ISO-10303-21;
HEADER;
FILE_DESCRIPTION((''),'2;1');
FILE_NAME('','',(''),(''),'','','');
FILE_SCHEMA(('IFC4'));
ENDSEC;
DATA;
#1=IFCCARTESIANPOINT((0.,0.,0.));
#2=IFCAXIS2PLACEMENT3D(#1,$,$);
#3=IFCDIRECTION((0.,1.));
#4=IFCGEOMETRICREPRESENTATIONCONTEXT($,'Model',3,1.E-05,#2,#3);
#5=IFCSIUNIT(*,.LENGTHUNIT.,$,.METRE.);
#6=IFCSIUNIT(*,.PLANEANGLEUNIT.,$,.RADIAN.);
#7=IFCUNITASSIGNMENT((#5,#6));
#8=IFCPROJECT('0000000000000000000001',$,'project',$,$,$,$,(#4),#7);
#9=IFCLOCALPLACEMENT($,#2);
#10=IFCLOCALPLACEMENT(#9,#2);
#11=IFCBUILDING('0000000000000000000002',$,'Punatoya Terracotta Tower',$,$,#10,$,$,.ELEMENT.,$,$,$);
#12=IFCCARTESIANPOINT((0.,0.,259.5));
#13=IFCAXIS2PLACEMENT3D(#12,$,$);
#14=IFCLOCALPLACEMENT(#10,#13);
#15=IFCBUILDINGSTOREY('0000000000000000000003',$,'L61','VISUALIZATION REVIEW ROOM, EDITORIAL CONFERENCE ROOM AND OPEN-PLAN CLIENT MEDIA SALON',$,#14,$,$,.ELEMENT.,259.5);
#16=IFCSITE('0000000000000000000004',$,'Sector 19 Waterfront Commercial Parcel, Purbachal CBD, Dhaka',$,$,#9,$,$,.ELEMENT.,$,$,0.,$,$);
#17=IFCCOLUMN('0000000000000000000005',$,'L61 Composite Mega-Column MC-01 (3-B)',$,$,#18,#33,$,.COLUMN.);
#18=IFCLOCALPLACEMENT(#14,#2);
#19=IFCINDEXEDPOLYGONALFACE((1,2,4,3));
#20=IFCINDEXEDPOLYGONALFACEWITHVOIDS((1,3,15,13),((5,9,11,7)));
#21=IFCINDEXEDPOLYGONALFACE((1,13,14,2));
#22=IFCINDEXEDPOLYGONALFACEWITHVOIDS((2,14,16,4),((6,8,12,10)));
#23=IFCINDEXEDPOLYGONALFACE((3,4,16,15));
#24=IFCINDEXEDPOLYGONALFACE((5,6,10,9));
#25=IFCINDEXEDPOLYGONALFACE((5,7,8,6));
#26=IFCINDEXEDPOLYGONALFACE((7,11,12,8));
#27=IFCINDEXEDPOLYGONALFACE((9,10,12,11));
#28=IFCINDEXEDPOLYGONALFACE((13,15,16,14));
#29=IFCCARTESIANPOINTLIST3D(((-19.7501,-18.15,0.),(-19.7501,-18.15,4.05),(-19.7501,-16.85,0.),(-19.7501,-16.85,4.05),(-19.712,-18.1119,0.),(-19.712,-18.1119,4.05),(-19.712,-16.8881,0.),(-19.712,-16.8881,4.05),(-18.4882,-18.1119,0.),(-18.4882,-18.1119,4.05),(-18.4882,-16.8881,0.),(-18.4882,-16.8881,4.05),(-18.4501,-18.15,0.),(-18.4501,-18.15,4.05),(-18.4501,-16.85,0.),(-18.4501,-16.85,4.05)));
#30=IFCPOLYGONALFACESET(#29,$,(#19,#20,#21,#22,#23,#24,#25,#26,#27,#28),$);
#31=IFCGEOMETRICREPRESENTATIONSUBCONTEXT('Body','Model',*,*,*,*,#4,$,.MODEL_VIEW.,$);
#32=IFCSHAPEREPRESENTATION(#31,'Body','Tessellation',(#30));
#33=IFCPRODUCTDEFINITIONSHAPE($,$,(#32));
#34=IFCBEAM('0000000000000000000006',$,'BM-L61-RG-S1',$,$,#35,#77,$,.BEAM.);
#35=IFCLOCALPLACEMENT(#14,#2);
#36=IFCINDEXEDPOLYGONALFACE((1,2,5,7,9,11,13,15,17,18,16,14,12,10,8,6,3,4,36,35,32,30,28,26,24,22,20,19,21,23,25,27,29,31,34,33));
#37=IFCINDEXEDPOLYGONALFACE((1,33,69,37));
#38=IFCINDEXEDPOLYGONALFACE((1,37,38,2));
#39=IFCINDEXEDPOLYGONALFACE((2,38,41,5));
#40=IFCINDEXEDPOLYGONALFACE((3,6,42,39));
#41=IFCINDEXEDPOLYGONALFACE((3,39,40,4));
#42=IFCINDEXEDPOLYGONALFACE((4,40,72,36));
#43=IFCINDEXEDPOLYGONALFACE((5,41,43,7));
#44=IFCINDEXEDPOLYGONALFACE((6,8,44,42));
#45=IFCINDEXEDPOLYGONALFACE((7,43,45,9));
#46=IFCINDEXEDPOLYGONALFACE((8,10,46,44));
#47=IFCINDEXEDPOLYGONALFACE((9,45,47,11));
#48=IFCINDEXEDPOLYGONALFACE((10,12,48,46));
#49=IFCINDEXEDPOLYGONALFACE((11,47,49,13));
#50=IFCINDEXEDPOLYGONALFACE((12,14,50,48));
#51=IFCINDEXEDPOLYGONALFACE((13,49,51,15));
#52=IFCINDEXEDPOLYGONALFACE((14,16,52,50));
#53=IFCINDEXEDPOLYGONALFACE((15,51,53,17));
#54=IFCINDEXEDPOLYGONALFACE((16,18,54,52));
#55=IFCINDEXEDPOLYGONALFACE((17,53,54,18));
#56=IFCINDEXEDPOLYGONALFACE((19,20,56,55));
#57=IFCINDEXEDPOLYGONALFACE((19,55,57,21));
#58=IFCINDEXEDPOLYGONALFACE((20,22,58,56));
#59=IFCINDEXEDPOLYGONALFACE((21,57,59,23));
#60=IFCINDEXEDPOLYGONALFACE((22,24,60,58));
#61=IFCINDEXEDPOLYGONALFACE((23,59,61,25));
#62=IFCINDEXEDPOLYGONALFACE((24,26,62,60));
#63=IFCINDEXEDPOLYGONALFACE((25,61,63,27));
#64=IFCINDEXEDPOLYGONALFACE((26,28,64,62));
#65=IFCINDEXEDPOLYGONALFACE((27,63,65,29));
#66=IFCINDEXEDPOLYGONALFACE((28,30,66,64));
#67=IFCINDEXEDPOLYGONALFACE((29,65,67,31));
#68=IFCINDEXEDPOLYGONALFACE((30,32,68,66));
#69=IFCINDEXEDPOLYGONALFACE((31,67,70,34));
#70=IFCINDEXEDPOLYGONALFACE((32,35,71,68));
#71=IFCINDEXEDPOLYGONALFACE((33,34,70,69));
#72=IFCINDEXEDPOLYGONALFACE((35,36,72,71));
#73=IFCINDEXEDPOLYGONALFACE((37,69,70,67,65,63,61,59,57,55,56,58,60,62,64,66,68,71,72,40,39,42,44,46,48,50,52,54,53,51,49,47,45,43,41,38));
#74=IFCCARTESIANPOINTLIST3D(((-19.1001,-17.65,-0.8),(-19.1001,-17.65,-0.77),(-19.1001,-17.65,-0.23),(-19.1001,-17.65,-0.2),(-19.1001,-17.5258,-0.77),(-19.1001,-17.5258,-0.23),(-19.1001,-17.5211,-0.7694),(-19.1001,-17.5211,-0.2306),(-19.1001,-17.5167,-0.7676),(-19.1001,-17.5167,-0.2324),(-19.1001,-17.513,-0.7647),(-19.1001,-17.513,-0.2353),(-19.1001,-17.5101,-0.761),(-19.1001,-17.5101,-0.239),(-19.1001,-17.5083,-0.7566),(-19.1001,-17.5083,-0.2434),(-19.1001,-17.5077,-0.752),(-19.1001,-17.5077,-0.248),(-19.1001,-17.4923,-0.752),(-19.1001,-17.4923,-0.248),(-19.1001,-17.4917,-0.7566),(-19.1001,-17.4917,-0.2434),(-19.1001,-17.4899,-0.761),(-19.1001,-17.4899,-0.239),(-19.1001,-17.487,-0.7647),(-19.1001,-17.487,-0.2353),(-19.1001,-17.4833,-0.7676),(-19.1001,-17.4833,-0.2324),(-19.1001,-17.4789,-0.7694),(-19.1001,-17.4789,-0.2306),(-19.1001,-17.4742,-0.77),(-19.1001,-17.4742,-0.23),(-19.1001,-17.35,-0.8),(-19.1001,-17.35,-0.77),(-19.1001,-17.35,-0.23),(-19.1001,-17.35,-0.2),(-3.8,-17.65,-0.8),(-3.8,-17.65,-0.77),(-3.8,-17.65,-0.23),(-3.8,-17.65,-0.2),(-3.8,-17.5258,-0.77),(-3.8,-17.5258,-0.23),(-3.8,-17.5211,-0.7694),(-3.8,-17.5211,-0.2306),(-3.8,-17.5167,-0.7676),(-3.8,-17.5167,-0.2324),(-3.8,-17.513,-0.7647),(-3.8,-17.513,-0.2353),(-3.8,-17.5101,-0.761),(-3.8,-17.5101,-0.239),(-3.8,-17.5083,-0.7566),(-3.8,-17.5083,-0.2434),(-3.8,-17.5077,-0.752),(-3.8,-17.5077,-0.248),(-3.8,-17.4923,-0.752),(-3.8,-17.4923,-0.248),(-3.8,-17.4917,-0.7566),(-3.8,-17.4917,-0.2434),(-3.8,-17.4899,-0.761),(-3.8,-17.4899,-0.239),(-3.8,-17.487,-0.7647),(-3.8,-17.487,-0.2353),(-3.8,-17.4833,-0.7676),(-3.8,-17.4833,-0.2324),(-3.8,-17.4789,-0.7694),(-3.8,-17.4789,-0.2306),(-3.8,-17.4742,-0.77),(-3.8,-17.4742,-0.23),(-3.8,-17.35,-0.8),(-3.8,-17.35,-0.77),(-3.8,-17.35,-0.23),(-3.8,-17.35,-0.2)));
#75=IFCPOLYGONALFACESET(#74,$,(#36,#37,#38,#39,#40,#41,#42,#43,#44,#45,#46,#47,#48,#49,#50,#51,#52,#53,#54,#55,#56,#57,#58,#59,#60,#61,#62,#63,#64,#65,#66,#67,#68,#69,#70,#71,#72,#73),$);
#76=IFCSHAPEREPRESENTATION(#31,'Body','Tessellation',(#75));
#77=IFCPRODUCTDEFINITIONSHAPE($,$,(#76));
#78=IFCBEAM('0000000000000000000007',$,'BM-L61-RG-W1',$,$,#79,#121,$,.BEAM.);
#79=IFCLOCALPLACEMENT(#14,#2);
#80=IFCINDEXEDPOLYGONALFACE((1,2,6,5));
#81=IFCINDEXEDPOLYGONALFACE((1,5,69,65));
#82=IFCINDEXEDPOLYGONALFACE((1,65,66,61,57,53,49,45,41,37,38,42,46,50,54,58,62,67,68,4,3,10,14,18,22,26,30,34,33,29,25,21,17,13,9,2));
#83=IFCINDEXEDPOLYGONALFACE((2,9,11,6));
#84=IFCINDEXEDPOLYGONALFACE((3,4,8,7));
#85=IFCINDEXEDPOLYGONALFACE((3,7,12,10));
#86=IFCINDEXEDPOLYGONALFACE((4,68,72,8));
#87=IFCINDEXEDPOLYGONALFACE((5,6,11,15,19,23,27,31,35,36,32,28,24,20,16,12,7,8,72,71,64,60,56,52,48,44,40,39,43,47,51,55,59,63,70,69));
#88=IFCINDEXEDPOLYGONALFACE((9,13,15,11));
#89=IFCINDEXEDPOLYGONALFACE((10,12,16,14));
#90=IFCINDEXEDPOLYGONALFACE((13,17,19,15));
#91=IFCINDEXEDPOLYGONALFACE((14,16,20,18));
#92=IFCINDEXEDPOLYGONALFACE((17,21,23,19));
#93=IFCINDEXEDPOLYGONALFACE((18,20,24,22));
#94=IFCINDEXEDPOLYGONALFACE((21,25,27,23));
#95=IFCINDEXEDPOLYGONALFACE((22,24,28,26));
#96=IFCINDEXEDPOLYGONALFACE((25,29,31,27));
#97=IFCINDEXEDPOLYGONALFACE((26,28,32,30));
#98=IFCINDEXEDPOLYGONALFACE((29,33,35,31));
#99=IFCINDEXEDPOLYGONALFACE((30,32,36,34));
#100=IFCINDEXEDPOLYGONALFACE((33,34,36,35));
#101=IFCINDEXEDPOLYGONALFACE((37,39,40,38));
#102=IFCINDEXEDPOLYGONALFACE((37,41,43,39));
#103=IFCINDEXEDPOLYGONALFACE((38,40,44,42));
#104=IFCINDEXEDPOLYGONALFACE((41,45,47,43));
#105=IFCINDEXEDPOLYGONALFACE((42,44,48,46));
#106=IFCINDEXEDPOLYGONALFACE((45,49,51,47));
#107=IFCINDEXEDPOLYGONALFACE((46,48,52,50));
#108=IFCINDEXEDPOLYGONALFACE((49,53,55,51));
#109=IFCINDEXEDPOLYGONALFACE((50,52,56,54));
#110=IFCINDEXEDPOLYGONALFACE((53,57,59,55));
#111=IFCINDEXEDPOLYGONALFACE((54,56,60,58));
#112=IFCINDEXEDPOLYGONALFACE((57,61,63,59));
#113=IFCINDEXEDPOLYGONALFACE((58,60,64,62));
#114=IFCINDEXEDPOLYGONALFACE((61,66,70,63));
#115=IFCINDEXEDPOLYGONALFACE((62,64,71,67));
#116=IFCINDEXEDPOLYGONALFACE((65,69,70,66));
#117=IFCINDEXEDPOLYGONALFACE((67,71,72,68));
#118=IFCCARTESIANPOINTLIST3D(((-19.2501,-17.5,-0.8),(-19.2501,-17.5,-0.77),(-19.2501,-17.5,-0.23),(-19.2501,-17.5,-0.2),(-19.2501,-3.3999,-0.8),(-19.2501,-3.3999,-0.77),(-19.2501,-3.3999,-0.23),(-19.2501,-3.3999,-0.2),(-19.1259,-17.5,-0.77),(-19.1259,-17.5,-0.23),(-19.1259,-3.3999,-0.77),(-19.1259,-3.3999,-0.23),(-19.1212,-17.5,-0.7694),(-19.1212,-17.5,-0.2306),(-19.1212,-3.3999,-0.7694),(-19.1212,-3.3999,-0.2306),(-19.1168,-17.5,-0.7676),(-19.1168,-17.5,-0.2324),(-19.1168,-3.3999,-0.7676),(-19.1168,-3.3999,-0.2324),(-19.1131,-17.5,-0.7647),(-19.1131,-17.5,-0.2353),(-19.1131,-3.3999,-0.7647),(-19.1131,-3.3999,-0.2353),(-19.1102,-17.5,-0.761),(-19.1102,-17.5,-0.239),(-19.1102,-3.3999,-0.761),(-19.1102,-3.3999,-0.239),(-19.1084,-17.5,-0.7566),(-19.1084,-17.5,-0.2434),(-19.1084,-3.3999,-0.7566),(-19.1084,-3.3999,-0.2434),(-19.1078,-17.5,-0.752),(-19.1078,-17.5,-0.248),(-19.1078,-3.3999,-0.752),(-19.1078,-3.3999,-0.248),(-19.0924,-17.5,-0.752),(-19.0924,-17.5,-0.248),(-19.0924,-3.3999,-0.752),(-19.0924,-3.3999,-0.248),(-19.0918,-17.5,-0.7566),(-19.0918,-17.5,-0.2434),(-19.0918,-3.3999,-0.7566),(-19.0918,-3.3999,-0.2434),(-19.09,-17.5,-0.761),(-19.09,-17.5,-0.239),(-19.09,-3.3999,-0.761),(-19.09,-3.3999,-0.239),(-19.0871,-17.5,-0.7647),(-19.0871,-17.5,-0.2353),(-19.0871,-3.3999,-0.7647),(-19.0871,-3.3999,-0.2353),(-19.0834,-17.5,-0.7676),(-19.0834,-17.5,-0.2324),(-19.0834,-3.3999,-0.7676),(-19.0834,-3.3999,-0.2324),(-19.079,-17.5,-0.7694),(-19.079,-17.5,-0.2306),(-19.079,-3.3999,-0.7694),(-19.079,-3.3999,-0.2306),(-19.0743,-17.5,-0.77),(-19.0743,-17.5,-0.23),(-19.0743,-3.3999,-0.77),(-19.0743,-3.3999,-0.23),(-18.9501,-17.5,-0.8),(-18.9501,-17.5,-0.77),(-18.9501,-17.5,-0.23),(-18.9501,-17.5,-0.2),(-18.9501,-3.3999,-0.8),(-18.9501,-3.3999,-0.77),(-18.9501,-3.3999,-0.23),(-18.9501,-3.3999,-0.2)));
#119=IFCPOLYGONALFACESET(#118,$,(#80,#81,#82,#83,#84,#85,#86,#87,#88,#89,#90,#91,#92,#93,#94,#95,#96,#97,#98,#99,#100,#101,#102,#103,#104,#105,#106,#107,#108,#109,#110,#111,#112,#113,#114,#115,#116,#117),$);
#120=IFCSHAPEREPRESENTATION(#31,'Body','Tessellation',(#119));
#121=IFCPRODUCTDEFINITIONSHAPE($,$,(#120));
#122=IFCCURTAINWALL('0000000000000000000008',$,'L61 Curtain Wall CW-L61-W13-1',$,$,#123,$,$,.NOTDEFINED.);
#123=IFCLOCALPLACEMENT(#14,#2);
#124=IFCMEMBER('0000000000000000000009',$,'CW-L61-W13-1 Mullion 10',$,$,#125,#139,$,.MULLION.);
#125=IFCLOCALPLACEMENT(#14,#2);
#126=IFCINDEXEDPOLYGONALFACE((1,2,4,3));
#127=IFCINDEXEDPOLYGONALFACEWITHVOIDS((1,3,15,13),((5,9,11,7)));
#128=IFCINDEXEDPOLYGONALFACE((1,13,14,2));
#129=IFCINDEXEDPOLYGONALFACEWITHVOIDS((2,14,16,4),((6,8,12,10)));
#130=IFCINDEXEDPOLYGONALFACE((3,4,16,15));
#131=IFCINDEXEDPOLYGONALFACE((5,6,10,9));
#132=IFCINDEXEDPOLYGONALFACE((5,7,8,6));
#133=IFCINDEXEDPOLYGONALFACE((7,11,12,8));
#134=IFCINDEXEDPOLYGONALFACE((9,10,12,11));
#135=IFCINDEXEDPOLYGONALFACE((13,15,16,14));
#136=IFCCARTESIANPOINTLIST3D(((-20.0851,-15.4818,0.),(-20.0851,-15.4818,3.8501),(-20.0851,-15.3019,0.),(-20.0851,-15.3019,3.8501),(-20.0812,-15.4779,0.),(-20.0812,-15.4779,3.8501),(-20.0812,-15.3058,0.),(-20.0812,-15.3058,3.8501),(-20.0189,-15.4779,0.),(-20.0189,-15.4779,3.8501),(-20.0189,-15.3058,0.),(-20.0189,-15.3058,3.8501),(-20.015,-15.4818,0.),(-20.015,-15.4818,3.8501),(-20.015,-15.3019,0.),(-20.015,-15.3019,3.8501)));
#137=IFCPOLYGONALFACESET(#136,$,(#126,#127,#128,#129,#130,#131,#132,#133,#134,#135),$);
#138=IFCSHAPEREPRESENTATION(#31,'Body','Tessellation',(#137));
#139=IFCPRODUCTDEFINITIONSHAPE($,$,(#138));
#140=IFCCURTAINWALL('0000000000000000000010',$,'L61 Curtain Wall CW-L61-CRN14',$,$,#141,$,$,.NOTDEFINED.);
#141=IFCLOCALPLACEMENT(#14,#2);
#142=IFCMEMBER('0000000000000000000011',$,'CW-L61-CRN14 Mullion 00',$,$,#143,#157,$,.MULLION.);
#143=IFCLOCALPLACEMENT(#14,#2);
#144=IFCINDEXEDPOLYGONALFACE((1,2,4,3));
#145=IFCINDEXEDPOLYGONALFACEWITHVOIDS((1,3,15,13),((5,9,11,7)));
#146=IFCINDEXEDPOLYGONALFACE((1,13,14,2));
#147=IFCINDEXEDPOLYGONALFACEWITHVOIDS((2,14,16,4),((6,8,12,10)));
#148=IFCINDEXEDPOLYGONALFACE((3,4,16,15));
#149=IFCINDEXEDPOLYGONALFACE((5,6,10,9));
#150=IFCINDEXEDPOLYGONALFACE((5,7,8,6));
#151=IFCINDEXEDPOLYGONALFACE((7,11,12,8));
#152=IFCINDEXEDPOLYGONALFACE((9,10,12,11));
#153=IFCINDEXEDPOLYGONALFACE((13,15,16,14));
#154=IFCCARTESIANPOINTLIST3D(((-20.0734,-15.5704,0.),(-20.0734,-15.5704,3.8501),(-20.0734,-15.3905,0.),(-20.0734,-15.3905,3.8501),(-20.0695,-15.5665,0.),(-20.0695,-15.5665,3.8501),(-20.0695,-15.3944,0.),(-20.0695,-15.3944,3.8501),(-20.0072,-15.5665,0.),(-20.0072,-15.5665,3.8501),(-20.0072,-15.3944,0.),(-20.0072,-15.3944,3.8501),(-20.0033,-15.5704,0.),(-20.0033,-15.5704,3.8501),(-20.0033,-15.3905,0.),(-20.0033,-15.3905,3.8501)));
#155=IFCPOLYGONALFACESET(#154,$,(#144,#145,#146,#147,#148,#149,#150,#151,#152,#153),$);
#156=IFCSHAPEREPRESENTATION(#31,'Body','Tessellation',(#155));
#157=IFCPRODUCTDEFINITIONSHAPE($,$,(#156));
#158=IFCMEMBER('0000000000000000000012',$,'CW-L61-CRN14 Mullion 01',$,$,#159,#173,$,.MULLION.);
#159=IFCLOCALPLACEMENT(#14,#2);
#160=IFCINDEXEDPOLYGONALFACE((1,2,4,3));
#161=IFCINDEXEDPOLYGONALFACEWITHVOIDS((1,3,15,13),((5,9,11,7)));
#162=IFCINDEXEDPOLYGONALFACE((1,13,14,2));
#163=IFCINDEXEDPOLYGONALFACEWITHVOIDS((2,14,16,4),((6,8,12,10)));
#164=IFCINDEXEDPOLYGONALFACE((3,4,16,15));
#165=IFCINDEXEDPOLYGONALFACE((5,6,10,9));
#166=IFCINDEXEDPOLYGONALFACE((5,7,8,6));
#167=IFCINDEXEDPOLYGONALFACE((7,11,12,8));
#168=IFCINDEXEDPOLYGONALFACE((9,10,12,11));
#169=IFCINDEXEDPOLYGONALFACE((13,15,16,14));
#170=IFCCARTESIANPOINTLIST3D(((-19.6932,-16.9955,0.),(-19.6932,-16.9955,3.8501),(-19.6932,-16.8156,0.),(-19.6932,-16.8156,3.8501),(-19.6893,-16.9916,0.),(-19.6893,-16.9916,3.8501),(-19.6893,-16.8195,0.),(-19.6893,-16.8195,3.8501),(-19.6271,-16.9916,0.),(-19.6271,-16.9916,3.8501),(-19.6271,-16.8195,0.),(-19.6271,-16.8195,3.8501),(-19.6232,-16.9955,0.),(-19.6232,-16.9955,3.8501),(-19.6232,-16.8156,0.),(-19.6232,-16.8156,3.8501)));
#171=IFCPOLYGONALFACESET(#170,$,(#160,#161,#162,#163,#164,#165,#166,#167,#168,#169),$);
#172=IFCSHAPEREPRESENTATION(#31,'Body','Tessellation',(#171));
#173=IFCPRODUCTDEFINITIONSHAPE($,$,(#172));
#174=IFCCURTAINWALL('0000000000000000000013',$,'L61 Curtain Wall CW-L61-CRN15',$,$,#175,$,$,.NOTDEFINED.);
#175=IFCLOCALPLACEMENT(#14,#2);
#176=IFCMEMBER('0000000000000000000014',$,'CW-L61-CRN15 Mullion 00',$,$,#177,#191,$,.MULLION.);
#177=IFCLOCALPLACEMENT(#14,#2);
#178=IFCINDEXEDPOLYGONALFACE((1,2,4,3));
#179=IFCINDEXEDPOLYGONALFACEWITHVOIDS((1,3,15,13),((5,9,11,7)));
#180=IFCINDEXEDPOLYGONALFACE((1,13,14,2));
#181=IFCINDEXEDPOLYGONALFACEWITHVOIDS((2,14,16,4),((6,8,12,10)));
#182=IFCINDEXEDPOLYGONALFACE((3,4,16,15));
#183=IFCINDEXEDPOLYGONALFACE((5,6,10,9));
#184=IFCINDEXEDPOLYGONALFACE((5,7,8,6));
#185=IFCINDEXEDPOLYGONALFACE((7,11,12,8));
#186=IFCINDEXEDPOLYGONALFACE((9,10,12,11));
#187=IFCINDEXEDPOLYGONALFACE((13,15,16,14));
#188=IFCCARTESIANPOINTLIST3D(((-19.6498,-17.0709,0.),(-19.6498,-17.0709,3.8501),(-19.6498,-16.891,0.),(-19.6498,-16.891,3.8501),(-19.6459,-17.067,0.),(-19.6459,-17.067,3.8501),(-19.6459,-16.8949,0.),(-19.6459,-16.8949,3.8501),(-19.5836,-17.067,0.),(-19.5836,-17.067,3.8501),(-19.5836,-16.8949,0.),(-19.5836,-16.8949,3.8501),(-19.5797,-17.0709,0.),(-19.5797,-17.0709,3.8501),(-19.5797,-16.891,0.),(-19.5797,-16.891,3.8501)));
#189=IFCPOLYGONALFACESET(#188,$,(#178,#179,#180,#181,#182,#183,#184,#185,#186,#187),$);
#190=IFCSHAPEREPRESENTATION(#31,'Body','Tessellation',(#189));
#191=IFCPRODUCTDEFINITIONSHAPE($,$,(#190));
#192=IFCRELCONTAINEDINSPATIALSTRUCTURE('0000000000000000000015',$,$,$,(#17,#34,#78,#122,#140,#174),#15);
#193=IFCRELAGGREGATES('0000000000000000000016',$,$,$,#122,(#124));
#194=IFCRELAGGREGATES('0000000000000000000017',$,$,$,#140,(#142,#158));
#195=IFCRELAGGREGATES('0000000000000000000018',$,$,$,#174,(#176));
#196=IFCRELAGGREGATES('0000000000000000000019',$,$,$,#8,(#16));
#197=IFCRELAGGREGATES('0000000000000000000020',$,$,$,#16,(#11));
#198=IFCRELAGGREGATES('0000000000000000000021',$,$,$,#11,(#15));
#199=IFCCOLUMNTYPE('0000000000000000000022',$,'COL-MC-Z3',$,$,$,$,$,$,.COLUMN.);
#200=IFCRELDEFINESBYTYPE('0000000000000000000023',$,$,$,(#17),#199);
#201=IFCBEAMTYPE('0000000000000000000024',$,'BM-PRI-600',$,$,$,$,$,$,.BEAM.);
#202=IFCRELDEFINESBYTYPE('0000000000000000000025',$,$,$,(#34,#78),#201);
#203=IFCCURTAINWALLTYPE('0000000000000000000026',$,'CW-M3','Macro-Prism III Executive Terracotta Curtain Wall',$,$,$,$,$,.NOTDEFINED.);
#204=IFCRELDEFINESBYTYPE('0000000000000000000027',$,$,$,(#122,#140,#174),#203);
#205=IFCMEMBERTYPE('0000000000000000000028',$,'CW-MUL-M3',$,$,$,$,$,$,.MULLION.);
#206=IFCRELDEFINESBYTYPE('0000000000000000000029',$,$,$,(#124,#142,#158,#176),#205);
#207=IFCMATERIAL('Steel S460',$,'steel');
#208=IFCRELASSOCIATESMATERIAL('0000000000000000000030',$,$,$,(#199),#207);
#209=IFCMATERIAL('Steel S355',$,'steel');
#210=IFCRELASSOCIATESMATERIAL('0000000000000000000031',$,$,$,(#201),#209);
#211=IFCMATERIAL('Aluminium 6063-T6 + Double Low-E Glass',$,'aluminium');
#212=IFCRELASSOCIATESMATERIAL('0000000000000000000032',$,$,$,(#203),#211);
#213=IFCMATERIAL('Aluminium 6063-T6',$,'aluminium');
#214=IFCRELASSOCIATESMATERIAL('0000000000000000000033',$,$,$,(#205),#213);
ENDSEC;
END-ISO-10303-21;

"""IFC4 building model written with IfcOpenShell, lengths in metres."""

from ifc_helpers import new_model, si_unit, direction, frame, origin, origin_2d, place, context, subcontext, project, spatial, hollow_rectangle, i_section, extrude, material, material_profile, profile_set, type_object, element, aggregate, save


model = new_model("IFC4")

# Units and contexts
model_context = context("Model", 3, precision=1e-05, world=origin(), true_north=direction((0.0, 1.0)))
body_context = subcontext(model_context, "Body", "Model", "MODEL_VIEW")
ifc_project = project(units=[si_unit("LENGTHUNIT", "METRE"), si_unit("PLANEANGLEUNIT", "RADIAN")], contexts=[model_context])

# Site, building, storey
site_placement = place(None, origin())
site = spatial("IfcSite", under=ifc_project, at=site_placement, Name="Sector 19 Waterfront Commercial Parcel, Purbachal CBD, Dhaka", CompositionType="ELEMENT", RefElevation=0.0)
building_placement = place(site_placement, origin())
building = spatial("IfcBuilding", under=site, at=building_placement, Name="Punatoya Terracotta Tower", CompositionType="ELEMENT")
storey_placement = place(building_placement, frame((0.0, 0.0, 259.5)))
storey = spatial("IfcBuildingStorey", under=building, at=storey_placement, Name="L61", Description="VISUALIZATION REVIEW ROOM, EDITORIAL CONFERENCE ROOM AND OPEN-PLAN CLIENT MEDIA SALON", CompositionType="ELEMENT", Elevation=259.5)

# Column
ifc_material_1 = material(Name="Steel S460", Category="steel")
ifc_material_profile_1 = material_profile(ifc_material_1, hollow_rectangle(XDim=1.3, YDim=1.3, WallThickness=0.0381, at=origin_2d()))
ifc_profile_set_1 = profile_set([ifc_material_profile_1], Name="Steel S460")
column_type = type_object("IfcColumnType", Name="COL-MC-Z3", PredefinedType="COLUMN", material=ifc_profile_set_1)
column_placement = place(storey_placement, frame((-19.1001, -17.5, 0.0), z_axis=(0.0, 0.0, 1.0), x_axis=(1.0, 0.0, 0.0)))
element("IfcColumn", 1, at=column_placement, inside=storey, type_object=column_type, Name="L61 Composite Mega-Column MC-01 (3-B)", PredefinedType="COLUMN", context=body_context, shape_type="SweptSolid", body=[
    extrude(hollow_rectangle(XDim=1.3, YDim=1.3, WallThickness=0.0381, at=origin_2d()), origin(), (0.0, 0.0, 1.0), 4.05),
])

# Beams
ifc_material_2 = material(Name="Steel S355", Category="steel")
ifc_material_profile_2 = material_profile(ifc_material_2, i_section(OverallWidth=0.3, OverallDepth=0.6001, WebThickness=0.0154, FlangeThickness=0.03, FilletRadius=0.0181, at=origin_2d()))
ifc_profile_set_2 = profile_set([ifc_material_profile_2], Name="Steel S355")
beam_type = type_object("IfcBeamType", Name="BM-PRI-600", PredefinedType="BEAM", material=ifc_profile_set_2)
beam_1_placement = place(storey_placement, frame((-19.1001, -17.5, -0.5), z_axis=(1.0, 0.0, 0.0), x_axis=(0.0, 1.0, 0.0)))
element("IfcBeam", 2, at=beam_1_placement, inside=storey, type_object=beam_type, Name="BM-L61-RG-S1", PredefinedType="BEAM", context=body_context, shape_type="SweptSolid", body=[
    extrude(i_section(OverallWidth=0.3, OverallDepth=0.6001, WebThickness=0.0154, FlangeThickness=0.03, FilletRadius=0.0181, at=origin_2d()), origin(), (0.0, 0.0, 1.0), 15.3),
])
beam_2_placement = place(storey_placement, frame((-19.1001, -17.5, -0.5), z_axis=(0.0, 1.0, 0.0), x_axis=(-1.0, 0.0, 0.0)))
element("IfcBeam", 3, at=beam_2_placement, inside=storey, type_object=beam_type, Name="BM-L61-RG-W1", PredefinedType="BEAM", context=body_context, shape_type="SweptSolid", body=[
    extrude(i_section(OverallWidth=0.3, OverallDepth=0.6001, WebThickness=0.0154, FlangeThickness=0.03, FilletRadius=0.0181, at=origin_2d()), origin(), (0.0, 0.0, 1.0), 14.1001),
])

# Curtain wall, member
ifc_material_3 = material(Name="Aluminium 6063-T6 + Double Low-E Glass", Category="aluminium")
curtain_wall_type = type_object("IfcCurtainWallType", Name="CW-M3", Description="Macro-Prism III Executive Terracotta Curtain Wall", PredefinedType="NOTDEFINED", material=ifc_material_3)
curtain_wall_1_placement = place(storey_placement, origin())
curtain_wall_1 = element("IfcCurtainWall", 4, at=curtain_wall_1_placement, inside=storey, type_object=curtain_wall_type, Name="L61 Curtain Wall CW-L61-W13-1", PredefinedType="NOTDEFINED")
ifc_material_4 = material(Name="Aluminium 6063-T6", Category="aluminium")
ifc_material_profile_3 = material_profile(ifc_material_4, hollow_rectangle(XDim=0.0701, YDim=0.1799, WallThickness=0.0039, at=origin_2d()))
ifc_profile_set_3 = profile_set([ifc_material_profile_3], Name="Aluminium 6063-T6")
member_type_1 = type_object("IfcMemberType", Name="CW-MUL-M3", PredefinedType="MULLION", material=ifc_profile_set_3)
member_1_placement = place(storey_placement, frame((-20.05, -15.3918, 0.0), z_axis=(0.0, 0.0, 1.0), x_axis=(1.0, 0.0, 0.0)))
member_1 = element("IfcMember", 5, at=member_1_placement, type_object=member_type_1, Name="CW-L61-W13-1 Mullion 10", PredefinedType="MULLION", context=body_context, shape_type="SweptSolid", body=[
    extrude(hollow_rectangle(XDim=0.0701, YDim=0.1799, WallThickness=0.0039, at=origin_2d()), origin(), (0.0, 0.0, 1.0), 3.8501),
])

# Curtain walls, members
curtain_wall_2_placement = place(storey_placement, origin())
curtain_wall_2 = element("IfcCurtainWall", 6, at=curtain_wall_2_placement, inside=storey, type_object=curtain_wall_type, Name="L61 Curtain Wall CW-L61-CRN14", PredefinedType="NOTDEFINED")
member_2_placement = place(storey_placement, frame((-20.0383, -15.4805, 0.0), z_axis=(0.0, 0.0, 1.0), x_axis=(1.0, 0.0, 0.0)))
member_2 = element("IfcMember", 7, at=member_2_placement, type_object=member_type_1, Name="CW-L61-CRN14 Mullion 00", PredefinedType="MULLION", context=body_context, shape_type="SweptSolid", body=[
    extrude(hollow_rectangle(XDim=0.0701, YDim=0.1799, WallThickness=0.0039, at=origin_2d()), origin(), (0.0, 0.0, 1.0), 3.8501),
])
member_3_placement = place(storey_placement, frame((-19.6582, -16.9055, 0.0), z_axis=(0.0, 0.0, 1.0), x_axis=(1.0, 0.0, 0.0)))
member_3 = element("IfcMember", 8, at=member_3_placement, type_object=member_type_1, Name="CW-L61-CRN14 Mullion 01", PredefinedType="MULLION", context=body_context, shape_type="SweptSolid", body=[
    extrude(hollow_rectangle(XDim=0.0701, YDim=0.1799, WallThickness=0.0039, at=origin_2d()), origin(), (0.0, 0.0, 1.0), 3.8501),
])
curtain_wall_3_placement = place(storey_placement, origin())
curtain_wall_3 = element("IfcCurtainWall", 9, at=curtain_wall_3_placement, inside=storey, type_object=curtain_wall_type, Name="L61 Curtain Wall CW-L61-CRN15", PredefinedType="NOTDEFINED")
member_4_placement = place(storey_placement, frame((-19.6147, -16.981, 0.0), z_axis=(0.0, 0.0, 1.0), x_axis=(1.0, 0.0, 0.0)))
member_4 = element("IfcMember", 10, at=member_4_placement, type_object=member_type_1, Name="CW-L61-CRN15 Mullion 00", PredefinedType="MULLION", context=body_context, shape_type="SweptSolid", body=[
    extrude(hollow_rectangle(XDim=0.0701, YDim=0.1799, WallThickness=0.0039, at=origin_2d()), origin(), (0.0, 0.0, 1.0), 3.8501),
])

aggregate(curtain_wall_1, [member_1])
aggregate(curtain_wall_2, [member_2, member_3])
aggregate(curtain_wall_3, [member_4])

save(model, "model.ifc")
